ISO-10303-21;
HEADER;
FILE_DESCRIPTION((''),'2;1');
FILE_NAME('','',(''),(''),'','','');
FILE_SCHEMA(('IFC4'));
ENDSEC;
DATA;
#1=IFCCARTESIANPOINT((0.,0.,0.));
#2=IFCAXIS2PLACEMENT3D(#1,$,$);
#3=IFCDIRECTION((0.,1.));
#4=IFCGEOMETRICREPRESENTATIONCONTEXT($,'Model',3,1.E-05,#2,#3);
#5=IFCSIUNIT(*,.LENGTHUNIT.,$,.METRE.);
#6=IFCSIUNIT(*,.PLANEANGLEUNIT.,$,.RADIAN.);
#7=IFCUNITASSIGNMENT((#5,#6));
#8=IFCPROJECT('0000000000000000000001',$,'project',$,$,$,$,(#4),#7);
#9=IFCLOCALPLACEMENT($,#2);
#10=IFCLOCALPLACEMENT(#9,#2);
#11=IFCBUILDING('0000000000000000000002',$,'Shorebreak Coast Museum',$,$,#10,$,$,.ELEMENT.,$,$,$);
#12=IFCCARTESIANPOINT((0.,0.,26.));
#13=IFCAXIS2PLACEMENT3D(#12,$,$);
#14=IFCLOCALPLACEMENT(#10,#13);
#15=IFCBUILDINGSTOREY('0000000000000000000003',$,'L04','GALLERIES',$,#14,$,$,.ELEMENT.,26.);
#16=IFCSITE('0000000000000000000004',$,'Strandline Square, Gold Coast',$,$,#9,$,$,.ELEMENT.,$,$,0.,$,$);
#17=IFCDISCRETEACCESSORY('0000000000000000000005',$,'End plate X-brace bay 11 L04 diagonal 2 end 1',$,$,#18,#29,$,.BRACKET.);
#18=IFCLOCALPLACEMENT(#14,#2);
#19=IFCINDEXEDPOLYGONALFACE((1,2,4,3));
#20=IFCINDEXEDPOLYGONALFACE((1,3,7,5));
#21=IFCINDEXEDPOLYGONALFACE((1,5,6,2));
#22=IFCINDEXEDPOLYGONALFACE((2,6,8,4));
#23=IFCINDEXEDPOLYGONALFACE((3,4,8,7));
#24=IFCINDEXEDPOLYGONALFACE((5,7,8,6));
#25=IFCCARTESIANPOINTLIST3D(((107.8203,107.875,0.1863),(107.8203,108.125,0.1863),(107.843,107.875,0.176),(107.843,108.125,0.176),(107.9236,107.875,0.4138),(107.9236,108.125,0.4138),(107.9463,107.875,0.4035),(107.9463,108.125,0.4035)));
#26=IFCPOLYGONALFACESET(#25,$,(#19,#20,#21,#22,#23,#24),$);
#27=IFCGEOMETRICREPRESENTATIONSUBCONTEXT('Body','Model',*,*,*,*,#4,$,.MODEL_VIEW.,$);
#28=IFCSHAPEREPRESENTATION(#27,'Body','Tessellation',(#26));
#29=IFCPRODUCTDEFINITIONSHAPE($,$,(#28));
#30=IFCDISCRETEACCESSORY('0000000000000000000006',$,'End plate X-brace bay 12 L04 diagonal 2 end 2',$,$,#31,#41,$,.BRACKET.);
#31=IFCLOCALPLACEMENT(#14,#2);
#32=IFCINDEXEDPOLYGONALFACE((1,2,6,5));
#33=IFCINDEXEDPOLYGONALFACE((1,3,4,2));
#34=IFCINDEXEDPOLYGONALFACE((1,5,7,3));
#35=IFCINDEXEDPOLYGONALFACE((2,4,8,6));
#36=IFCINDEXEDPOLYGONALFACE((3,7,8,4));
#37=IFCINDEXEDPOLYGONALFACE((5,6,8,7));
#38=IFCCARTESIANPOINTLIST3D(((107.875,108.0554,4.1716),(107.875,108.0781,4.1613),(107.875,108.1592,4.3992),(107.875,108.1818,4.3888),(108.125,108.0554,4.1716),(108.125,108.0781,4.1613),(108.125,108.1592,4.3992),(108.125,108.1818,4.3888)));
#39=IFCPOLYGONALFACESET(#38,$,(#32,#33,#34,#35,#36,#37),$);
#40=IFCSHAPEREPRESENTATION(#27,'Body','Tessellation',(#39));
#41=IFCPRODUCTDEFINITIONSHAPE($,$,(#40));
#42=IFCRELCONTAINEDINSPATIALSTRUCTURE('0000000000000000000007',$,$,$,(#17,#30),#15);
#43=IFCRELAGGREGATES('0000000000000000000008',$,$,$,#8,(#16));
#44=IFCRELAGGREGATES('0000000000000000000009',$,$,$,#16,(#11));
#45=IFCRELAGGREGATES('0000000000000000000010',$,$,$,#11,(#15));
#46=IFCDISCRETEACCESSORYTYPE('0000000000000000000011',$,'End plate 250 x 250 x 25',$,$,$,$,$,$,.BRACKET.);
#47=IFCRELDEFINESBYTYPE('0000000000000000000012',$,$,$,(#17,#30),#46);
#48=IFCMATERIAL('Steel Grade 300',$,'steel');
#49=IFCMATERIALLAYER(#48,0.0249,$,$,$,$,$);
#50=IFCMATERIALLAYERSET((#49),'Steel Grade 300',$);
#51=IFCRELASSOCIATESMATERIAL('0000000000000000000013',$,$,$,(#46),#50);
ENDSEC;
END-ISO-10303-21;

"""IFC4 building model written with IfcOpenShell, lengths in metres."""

from ifc_helpers import new_model, si_unit, direction, frame, origin, place, context, subcontext, project, spatial, polyline, outline, extrude, material, layer, layer_set, type_object, element, save


model = new_model("IFC4")

# Units and contexts
model_context = context("Model", 3, precision=1e-05, world=origin(), true_north=direction((0.0, 1.0)))
body_context = subcontext(model_context, "Body", "Model", "MODEL_VIEW")
ifc_project = project(units=[si_unit("LENGTHUNIT", "METRE"), si_unit("PLANEANGLEUNIT", "RADIAN")], contexts=[model_context])

# Site, building, storey
site_placement = place(None, origin())
site = spatial("IfcSite", under=ifc_project, at=site_placement, Name="Strandline Square, Gold Coast", CompositionType="ELEMENT", RefElevation=0.0)
building_placement = place(site_placement, origin())
building = spatial("IfcBuilding", under=site, at=building_placement, Name="Shorebreak Coast Museum", CompositionType="ELEMENT")
storey_placement = place(building_placement, frame((0.0, 0.0, 26.0)))
storey = spatial("IfcBuildingStorey", under=building, at=storey_placement, Name="L04", Description="GALLERIES", CompositionType="ELEMENT", Elevation=26.0)

# Discrete accessories
ifc_material_1 = material(Name="Steel Grade 300", Category="steel")
ifc_layer_1 = layer(ifc_material_1, 0.0249)
ifc_layer_set_1 = layer_set([ifc_layer_1], Name="Steel Grade 300")
discrete_accessory_type = type_object("IfcDiscreteAccessoryType", Name="End plate 250 x 250 x 25", PredefinedType="BRACKET", material=ifc_layer_set_1)
discrete_accessory_1_placement = place(storey_placement, frame((107.8203, 108.125, 0.1863), z_axis=(-0.910601, 0.0, 0.413288), x_axis=(0.0, -1.0, 0.0)))
element("IfcDiscreteAccessory", 1, at=discrete_accessory_1_placement, inside=storey, type_object=discrete_accessory_type, Name="End plate X-brace bay 11 L04 diagonal 2 end 1", PredefinedType="BRACKET", context=body_context, shape_type="SweptSolid", body=[
    extrude(outline(polyline([(0.0, 0.0), (0.25, 0.0), (0.25, 0.2499), (0.0, 0.2499), (0.0, 0.0)])), origin(), (0.0, 0.0, -1.0), 0.0249),
])
discrete_accessory_2_placement = place(storey_placement, frame((107.875, 108.0554, 4.1716), z_axis=(0.0, -0.909864, 0.414906), x_axis=(1.0, 0.0, 0.0)))
element("IfcDiscreteAccessory", 2, at=discrete_accessory_2_placement, inside=storey, type_object=discrete_accessory_type, Name="End plate X-brace bay 12 L04 diagonal 2 end 2", PredefinedType="BRACKET", context=body_context, shape_type="SweptSolid", body=[
    extrude(outline(polyline([(0.0, 0.0), (0.25, 0.0), (0.25, 0.2501), (0.0, 0.2501), (0.0, 0.0)])), origin(), (0.0, 0.0, -1.0), 0.0249),
])

save(model, "model.ifc")
